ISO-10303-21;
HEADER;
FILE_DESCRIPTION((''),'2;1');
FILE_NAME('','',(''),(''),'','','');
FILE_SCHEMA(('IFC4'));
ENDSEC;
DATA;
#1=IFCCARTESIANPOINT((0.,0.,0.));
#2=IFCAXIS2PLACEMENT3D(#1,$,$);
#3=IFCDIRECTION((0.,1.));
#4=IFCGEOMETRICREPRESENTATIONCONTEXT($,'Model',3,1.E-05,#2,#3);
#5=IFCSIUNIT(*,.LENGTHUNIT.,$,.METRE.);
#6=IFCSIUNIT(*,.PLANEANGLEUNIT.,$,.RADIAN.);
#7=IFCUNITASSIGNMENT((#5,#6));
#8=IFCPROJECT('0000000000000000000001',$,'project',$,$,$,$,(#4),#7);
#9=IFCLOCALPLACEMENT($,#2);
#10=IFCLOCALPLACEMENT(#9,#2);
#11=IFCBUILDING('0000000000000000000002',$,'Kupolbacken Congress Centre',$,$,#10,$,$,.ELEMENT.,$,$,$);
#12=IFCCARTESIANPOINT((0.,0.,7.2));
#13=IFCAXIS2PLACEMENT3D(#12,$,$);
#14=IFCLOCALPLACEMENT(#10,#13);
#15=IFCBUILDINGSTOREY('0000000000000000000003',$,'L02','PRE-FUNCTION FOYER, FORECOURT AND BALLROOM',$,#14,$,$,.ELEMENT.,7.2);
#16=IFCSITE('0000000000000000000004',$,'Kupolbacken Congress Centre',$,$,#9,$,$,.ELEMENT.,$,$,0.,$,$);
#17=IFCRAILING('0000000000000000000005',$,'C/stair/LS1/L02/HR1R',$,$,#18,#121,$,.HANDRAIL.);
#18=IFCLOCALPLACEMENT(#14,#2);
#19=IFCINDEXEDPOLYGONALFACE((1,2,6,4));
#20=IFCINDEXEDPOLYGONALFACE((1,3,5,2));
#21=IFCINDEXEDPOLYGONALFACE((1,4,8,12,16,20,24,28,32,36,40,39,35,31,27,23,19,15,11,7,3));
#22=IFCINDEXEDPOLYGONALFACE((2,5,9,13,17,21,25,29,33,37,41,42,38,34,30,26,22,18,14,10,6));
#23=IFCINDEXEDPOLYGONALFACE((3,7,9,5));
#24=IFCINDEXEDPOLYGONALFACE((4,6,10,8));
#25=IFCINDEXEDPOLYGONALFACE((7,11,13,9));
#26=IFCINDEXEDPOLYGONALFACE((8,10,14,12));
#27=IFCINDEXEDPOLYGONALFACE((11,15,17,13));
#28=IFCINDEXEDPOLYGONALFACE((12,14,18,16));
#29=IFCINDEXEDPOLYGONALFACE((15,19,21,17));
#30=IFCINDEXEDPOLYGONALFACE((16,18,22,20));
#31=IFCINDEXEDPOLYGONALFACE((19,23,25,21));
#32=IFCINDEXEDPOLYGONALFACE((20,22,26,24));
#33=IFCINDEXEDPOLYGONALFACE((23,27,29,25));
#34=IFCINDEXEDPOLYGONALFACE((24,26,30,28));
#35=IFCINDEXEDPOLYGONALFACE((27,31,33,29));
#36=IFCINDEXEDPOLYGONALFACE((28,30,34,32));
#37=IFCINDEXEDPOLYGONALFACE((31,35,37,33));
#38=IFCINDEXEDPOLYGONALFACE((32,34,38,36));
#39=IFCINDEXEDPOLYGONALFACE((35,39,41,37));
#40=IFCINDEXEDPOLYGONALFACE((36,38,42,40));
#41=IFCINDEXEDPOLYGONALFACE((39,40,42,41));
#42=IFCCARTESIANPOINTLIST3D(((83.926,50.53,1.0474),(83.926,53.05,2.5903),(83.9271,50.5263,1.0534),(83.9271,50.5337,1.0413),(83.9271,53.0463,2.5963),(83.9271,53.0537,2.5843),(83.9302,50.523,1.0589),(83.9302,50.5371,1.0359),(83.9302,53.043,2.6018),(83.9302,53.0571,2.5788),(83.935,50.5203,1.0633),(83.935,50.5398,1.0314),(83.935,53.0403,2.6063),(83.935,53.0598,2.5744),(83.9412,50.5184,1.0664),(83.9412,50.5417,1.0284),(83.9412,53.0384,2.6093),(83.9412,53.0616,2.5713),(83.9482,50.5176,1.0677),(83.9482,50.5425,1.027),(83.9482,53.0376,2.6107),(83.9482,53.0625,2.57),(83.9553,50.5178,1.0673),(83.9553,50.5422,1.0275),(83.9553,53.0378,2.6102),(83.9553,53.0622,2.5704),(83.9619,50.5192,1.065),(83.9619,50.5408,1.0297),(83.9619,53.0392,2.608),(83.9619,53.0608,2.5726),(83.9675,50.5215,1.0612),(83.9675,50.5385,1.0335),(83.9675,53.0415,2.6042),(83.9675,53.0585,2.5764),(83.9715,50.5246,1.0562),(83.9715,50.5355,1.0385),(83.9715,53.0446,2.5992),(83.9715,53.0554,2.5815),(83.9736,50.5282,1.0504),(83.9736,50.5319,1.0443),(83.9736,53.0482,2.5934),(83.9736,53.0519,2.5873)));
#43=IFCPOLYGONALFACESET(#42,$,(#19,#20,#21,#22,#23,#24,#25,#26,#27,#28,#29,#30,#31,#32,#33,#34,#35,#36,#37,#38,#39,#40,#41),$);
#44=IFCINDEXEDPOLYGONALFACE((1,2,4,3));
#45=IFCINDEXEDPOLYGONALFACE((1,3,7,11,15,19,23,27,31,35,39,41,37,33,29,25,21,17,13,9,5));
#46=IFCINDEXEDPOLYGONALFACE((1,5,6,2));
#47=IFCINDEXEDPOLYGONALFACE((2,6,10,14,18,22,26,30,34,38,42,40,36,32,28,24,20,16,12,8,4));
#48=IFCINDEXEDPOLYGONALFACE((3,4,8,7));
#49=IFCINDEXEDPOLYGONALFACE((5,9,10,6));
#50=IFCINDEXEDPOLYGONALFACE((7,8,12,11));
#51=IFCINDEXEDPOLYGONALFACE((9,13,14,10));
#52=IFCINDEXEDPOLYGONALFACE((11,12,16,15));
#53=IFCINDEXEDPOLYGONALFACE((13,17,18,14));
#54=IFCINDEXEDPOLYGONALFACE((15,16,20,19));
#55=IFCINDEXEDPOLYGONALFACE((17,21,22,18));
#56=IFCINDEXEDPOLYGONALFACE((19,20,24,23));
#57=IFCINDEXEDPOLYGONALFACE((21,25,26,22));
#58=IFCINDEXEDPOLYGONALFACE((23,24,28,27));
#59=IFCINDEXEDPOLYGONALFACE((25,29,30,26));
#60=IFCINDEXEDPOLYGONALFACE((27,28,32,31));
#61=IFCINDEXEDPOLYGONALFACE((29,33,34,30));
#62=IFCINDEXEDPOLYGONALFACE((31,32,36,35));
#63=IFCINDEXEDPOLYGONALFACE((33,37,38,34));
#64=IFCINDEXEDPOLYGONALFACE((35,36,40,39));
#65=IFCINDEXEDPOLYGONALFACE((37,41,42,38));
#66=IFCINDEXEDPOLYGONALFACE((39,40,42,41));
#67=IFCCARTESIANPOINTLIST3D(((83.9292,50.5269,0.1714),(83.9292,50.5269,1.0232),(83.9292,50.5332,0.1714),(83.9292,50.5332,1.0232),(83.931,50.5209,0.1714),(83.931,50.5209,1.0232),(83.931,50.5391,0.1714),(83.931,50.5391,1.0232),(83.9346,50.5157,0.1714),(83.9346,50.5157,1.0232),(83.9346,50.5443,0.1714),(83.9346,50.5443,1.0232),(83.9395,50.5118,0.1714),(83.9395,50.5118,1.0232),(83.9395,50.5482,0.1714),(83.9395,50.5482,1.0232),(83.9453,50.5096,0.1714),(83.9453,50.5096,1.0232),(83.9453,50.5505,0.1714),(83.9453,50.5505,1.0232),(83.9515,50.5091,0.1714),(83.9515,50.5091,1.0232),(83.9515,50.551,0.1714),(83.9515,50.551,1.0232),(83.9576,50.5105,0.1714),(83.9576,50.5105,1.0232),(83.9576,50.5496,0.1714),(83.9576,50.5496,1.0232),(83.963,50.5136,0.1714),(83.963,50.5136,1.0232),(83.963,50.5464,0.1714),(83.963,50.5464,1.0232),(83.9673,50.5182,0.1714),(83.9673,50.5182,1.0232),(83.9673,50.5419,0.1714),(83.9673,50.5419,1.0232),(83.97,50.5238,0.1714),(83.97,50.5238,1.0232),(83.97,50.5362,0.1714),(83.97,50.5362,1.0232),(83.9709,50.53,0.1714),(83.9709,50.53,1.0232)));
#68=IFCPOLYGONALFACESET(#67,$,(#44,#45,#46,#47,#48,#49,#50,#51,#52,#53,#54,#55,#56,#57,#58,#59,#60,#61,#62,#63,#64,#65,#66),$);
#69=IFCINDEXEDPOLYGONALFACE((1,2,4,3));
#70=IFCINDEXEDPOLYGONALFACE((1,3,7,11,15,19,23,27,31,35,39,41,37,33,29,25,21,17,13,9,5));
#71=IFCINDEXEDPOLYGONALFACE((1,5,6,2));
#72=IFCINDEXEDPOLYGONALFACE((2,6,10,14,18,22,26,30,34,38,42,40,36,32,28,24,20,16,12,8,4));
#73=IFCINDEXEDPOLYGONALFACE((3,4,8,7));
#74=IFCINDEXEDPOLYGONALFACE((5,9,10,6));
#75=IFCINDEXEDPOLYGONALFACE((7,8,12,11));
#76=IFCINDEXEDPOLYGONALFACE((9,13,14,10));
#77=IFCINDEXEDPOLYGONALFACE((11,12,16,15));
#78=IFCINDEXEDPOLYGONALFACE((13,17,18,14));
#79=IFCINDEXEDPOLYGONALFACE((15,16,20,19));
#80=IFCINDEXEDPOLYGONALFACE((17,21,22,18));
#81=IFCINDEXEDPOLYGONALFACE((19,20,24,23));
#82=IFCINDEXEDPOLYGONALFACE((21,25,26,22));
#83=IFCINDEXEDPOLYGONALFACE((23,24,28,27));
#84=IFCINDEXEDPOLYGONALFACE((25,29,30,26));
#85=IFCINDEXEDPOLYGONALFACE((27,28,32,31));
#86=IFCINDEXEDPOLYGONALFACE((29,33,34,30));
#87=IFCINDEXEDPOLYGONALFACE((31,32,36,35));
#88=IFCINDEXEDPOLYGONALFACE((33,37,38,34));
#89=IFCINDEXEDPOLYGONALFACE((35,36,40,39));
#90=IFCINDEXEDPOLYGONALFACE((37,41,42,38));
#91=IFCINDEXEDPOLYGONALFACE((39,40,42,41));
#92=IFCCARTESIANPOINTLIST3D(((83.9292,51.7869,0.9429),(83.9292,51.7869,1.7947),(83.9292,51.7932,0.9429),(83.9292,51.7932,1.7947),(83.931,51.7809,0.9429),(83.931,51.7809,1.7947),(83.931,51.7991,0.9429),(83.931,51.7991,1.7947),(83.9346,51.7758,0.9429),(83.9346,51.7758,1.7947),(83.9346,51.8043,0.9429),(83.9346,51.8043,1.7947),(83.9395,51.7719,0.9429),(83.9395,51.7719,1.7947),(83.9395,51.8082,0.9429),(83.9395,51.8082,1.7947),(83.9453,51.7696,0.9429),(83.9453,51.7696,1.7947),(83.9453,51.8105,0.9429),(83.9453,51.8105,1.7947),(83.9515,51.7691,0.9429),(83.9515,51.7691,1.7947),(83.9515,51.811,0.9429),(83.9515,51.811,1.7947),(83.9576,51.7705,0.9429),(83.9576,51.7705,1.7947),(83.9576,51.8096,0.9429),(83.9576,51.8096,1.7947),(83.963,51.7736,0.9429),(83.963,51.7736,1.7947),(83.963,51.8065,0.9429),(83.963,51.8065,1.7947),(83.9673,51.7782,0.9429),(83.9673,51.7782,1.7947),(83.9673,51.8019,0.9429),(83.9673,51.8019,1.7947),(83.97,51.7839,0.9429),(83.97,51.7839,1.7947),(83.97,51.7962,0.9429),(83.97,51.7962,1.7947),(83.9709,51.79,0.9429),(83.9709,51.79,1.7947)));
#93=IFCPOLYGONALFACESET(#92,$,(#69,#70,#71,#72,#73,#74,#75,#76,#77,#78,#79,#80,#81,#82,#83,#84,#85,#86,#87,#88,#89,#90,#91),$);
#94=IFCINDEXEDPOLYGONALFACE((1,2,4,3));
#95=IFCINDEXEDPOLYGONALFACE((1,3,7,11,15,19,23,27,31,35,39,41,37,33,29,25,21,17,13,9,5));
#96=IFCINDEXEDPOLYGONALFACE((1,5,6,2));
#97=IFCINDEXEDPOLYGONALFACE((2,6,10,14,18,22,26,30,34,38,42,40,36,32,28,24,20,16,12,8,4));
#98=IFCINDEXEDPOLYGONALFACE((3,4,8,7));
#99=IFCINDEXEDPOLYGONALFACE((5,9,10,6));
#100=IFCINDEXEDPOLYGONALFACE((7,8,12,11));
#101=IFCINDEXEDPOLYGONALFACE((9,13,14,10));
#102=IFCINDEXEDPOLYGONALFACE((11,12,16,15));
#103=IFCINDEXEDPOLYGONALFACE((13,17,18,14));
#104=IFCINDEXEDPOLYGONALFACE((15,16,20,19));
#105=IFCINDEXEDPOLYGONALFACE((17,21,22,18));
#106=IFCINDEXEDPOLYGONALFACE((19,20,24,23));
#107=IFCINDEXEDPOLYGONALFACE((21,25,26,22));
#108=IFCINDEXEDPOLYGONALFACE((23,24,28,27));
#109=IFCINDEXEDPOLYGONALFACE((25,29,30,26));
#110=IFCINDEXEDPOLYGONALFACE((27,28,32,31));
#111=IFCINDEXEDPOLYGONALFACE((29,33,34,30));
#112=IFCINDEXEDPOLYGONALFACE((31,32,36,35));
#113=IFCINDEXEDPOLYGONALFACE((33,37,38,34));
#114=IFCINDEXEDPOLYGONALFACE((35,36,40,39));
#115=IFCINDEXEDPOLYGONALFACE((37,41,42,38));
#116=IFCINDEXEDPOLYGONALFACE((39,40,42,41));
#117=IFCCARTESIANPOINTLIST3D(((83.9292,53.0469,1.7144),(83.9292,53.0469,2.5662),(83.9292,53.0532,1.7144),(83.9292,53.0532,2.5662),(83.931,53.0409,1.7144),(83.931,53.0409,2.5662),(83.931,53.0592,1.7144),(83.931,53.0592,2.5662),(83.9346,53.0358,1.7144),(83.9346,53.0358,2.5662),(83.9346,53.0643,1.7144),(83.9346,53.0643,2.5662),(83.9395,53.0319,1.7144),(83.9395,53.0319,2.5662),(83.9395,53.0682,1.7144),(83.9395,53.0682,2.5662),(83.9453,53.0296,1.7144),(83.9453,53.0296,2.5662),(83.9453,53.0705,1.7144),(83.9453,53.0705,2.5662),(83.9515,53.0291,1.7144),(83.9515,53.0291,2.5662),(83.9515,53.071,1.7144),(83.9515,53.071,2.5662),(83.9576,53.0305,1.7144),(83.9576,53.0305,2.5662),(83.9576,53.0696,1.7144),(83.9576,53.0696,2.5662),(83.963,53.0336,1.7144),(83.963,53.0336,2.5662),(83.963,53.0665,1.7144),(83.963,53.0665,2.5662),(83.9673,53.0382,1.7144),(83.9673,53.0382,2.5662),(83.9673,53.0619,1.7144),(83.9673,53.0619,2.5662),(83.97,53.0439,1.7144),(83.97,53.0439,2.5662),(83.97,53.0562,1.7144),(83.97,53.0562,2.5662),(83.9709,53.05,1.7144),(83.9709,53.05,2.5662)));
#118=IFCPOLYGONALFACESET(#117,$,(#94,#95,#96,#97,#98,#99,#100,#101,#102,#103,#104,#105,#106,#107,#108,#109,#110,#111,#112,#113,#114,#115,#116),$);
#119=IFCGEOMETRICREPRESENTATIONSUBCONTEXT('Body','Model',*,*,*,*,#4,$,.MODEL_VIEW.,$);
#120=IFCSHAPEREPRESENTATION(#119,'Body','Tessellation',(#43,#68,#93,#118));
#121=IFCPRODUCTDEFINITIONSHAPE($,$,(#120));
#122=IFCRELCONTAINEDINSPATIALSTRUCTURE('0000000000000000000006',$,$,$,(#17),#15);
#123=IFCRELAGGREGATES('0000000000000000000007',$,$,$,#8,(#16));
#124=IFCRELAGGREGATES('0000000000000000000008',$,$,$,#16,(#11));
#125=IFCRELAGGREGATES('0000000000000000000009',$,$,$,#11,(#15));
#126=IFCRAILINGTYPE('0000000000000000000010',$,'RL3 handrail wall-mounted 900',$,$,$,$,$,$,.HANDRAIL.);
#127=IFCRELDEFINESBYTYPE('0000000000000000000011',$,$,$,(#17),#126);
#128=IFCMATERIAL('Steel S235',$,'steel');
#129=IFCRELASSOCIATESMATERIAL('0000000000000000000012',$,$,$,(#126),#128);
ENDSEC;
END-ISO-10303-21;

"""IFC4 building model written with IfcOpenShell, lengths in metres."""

from ifc_helpers import new_model, si_unit, direction, frame, origin, origin_2d, place, context, subcontext, project, spatial, circle, extrude, material, type_object, element, save


model = new_model("IFC4")

# Units and contexts
model_context = context("Model", 3, precision=1e-05, world=origin(), true_north=direction((0.0, 1.0)))
body_context = subcontext(model_context, "Body", "Model", "MODEL_VIEW")
ifc_project = project(units=[si_unit("LENGTHUNIT", "METRE"), si_unit("PLANEANGLEUNIT", "RADIAN")], contexts=[model_context])

# Site, building, storey
site_placement = place(None, origin())
site = spatial("IfcSite", under=ifc_project, at=site_placement, Name="Kupolbacken Congress Centre", CompositionType="ELEMENT", RefElevation=0.0)
building_placement = place(site_placement, origin())
building = spatial("IfcBuilding", under=site, at=building_placement, Name="Kupolbacken Congress Centre", CompositionType="ELEMENT")
storey_placement = place(building_placement, frame((0.0, 0.0, 7.2)))
storey = spatial("IfcBuildingStorey", under=building, at=storey_placement, Name="L02", Description="PRE-FUNCTION FOYER, FORECOURT AND BALLROOM", CompositionType="ELEMENT", Elevation=7.2)

# Railing
ifc_material_1 = material(Name="Steel S235", Category="steel")
railing_type = type_object("IfcRailingType", Name="RL3 handrail wall-mounted 900", PredefinedType="HANDRAIL", material=ifc_material_1)
for number, where, name in (
    (1, (83.95, 50.53, 0.1714), "C/stair/LS1/L02/HR1R"),
):
    element("IfcRailing", number, at=place(storey_placement, frame(where)), inside=storey, type_object=railing_type, Name=name, PredefinedType="HANDRAIL", context=body_context, shape_type="SweptSolid", body=[
        extrude(circle(Radius=0.0239, at=origin_2d()), frame((0.0, 0.0, 0.876), z_axis=(0.0, 0.852836, 0.522178), x_axis=(-1.0, 0.0, 0.0)), (0.0, 0.0, 1.0), 2.9548),
        extrude(circle(Radius=0.021, at=origin_2d()), origin(), (0.0, 0.0, 1.0), 0.8518),
        extrude(circle(Radius=0.021, at=origin_2d()), frame((0.0, 1.26, 0.7715)), (0.0, 0.0, 1.0), 0.8518),
        extrude(circle(Radius=0.021, at=origin_2d()), frame((0.0, 2.52, 1.543)), (0.0, 0.0, 1.0), 0.8518),
    ])

save(model, "model.ifc")
